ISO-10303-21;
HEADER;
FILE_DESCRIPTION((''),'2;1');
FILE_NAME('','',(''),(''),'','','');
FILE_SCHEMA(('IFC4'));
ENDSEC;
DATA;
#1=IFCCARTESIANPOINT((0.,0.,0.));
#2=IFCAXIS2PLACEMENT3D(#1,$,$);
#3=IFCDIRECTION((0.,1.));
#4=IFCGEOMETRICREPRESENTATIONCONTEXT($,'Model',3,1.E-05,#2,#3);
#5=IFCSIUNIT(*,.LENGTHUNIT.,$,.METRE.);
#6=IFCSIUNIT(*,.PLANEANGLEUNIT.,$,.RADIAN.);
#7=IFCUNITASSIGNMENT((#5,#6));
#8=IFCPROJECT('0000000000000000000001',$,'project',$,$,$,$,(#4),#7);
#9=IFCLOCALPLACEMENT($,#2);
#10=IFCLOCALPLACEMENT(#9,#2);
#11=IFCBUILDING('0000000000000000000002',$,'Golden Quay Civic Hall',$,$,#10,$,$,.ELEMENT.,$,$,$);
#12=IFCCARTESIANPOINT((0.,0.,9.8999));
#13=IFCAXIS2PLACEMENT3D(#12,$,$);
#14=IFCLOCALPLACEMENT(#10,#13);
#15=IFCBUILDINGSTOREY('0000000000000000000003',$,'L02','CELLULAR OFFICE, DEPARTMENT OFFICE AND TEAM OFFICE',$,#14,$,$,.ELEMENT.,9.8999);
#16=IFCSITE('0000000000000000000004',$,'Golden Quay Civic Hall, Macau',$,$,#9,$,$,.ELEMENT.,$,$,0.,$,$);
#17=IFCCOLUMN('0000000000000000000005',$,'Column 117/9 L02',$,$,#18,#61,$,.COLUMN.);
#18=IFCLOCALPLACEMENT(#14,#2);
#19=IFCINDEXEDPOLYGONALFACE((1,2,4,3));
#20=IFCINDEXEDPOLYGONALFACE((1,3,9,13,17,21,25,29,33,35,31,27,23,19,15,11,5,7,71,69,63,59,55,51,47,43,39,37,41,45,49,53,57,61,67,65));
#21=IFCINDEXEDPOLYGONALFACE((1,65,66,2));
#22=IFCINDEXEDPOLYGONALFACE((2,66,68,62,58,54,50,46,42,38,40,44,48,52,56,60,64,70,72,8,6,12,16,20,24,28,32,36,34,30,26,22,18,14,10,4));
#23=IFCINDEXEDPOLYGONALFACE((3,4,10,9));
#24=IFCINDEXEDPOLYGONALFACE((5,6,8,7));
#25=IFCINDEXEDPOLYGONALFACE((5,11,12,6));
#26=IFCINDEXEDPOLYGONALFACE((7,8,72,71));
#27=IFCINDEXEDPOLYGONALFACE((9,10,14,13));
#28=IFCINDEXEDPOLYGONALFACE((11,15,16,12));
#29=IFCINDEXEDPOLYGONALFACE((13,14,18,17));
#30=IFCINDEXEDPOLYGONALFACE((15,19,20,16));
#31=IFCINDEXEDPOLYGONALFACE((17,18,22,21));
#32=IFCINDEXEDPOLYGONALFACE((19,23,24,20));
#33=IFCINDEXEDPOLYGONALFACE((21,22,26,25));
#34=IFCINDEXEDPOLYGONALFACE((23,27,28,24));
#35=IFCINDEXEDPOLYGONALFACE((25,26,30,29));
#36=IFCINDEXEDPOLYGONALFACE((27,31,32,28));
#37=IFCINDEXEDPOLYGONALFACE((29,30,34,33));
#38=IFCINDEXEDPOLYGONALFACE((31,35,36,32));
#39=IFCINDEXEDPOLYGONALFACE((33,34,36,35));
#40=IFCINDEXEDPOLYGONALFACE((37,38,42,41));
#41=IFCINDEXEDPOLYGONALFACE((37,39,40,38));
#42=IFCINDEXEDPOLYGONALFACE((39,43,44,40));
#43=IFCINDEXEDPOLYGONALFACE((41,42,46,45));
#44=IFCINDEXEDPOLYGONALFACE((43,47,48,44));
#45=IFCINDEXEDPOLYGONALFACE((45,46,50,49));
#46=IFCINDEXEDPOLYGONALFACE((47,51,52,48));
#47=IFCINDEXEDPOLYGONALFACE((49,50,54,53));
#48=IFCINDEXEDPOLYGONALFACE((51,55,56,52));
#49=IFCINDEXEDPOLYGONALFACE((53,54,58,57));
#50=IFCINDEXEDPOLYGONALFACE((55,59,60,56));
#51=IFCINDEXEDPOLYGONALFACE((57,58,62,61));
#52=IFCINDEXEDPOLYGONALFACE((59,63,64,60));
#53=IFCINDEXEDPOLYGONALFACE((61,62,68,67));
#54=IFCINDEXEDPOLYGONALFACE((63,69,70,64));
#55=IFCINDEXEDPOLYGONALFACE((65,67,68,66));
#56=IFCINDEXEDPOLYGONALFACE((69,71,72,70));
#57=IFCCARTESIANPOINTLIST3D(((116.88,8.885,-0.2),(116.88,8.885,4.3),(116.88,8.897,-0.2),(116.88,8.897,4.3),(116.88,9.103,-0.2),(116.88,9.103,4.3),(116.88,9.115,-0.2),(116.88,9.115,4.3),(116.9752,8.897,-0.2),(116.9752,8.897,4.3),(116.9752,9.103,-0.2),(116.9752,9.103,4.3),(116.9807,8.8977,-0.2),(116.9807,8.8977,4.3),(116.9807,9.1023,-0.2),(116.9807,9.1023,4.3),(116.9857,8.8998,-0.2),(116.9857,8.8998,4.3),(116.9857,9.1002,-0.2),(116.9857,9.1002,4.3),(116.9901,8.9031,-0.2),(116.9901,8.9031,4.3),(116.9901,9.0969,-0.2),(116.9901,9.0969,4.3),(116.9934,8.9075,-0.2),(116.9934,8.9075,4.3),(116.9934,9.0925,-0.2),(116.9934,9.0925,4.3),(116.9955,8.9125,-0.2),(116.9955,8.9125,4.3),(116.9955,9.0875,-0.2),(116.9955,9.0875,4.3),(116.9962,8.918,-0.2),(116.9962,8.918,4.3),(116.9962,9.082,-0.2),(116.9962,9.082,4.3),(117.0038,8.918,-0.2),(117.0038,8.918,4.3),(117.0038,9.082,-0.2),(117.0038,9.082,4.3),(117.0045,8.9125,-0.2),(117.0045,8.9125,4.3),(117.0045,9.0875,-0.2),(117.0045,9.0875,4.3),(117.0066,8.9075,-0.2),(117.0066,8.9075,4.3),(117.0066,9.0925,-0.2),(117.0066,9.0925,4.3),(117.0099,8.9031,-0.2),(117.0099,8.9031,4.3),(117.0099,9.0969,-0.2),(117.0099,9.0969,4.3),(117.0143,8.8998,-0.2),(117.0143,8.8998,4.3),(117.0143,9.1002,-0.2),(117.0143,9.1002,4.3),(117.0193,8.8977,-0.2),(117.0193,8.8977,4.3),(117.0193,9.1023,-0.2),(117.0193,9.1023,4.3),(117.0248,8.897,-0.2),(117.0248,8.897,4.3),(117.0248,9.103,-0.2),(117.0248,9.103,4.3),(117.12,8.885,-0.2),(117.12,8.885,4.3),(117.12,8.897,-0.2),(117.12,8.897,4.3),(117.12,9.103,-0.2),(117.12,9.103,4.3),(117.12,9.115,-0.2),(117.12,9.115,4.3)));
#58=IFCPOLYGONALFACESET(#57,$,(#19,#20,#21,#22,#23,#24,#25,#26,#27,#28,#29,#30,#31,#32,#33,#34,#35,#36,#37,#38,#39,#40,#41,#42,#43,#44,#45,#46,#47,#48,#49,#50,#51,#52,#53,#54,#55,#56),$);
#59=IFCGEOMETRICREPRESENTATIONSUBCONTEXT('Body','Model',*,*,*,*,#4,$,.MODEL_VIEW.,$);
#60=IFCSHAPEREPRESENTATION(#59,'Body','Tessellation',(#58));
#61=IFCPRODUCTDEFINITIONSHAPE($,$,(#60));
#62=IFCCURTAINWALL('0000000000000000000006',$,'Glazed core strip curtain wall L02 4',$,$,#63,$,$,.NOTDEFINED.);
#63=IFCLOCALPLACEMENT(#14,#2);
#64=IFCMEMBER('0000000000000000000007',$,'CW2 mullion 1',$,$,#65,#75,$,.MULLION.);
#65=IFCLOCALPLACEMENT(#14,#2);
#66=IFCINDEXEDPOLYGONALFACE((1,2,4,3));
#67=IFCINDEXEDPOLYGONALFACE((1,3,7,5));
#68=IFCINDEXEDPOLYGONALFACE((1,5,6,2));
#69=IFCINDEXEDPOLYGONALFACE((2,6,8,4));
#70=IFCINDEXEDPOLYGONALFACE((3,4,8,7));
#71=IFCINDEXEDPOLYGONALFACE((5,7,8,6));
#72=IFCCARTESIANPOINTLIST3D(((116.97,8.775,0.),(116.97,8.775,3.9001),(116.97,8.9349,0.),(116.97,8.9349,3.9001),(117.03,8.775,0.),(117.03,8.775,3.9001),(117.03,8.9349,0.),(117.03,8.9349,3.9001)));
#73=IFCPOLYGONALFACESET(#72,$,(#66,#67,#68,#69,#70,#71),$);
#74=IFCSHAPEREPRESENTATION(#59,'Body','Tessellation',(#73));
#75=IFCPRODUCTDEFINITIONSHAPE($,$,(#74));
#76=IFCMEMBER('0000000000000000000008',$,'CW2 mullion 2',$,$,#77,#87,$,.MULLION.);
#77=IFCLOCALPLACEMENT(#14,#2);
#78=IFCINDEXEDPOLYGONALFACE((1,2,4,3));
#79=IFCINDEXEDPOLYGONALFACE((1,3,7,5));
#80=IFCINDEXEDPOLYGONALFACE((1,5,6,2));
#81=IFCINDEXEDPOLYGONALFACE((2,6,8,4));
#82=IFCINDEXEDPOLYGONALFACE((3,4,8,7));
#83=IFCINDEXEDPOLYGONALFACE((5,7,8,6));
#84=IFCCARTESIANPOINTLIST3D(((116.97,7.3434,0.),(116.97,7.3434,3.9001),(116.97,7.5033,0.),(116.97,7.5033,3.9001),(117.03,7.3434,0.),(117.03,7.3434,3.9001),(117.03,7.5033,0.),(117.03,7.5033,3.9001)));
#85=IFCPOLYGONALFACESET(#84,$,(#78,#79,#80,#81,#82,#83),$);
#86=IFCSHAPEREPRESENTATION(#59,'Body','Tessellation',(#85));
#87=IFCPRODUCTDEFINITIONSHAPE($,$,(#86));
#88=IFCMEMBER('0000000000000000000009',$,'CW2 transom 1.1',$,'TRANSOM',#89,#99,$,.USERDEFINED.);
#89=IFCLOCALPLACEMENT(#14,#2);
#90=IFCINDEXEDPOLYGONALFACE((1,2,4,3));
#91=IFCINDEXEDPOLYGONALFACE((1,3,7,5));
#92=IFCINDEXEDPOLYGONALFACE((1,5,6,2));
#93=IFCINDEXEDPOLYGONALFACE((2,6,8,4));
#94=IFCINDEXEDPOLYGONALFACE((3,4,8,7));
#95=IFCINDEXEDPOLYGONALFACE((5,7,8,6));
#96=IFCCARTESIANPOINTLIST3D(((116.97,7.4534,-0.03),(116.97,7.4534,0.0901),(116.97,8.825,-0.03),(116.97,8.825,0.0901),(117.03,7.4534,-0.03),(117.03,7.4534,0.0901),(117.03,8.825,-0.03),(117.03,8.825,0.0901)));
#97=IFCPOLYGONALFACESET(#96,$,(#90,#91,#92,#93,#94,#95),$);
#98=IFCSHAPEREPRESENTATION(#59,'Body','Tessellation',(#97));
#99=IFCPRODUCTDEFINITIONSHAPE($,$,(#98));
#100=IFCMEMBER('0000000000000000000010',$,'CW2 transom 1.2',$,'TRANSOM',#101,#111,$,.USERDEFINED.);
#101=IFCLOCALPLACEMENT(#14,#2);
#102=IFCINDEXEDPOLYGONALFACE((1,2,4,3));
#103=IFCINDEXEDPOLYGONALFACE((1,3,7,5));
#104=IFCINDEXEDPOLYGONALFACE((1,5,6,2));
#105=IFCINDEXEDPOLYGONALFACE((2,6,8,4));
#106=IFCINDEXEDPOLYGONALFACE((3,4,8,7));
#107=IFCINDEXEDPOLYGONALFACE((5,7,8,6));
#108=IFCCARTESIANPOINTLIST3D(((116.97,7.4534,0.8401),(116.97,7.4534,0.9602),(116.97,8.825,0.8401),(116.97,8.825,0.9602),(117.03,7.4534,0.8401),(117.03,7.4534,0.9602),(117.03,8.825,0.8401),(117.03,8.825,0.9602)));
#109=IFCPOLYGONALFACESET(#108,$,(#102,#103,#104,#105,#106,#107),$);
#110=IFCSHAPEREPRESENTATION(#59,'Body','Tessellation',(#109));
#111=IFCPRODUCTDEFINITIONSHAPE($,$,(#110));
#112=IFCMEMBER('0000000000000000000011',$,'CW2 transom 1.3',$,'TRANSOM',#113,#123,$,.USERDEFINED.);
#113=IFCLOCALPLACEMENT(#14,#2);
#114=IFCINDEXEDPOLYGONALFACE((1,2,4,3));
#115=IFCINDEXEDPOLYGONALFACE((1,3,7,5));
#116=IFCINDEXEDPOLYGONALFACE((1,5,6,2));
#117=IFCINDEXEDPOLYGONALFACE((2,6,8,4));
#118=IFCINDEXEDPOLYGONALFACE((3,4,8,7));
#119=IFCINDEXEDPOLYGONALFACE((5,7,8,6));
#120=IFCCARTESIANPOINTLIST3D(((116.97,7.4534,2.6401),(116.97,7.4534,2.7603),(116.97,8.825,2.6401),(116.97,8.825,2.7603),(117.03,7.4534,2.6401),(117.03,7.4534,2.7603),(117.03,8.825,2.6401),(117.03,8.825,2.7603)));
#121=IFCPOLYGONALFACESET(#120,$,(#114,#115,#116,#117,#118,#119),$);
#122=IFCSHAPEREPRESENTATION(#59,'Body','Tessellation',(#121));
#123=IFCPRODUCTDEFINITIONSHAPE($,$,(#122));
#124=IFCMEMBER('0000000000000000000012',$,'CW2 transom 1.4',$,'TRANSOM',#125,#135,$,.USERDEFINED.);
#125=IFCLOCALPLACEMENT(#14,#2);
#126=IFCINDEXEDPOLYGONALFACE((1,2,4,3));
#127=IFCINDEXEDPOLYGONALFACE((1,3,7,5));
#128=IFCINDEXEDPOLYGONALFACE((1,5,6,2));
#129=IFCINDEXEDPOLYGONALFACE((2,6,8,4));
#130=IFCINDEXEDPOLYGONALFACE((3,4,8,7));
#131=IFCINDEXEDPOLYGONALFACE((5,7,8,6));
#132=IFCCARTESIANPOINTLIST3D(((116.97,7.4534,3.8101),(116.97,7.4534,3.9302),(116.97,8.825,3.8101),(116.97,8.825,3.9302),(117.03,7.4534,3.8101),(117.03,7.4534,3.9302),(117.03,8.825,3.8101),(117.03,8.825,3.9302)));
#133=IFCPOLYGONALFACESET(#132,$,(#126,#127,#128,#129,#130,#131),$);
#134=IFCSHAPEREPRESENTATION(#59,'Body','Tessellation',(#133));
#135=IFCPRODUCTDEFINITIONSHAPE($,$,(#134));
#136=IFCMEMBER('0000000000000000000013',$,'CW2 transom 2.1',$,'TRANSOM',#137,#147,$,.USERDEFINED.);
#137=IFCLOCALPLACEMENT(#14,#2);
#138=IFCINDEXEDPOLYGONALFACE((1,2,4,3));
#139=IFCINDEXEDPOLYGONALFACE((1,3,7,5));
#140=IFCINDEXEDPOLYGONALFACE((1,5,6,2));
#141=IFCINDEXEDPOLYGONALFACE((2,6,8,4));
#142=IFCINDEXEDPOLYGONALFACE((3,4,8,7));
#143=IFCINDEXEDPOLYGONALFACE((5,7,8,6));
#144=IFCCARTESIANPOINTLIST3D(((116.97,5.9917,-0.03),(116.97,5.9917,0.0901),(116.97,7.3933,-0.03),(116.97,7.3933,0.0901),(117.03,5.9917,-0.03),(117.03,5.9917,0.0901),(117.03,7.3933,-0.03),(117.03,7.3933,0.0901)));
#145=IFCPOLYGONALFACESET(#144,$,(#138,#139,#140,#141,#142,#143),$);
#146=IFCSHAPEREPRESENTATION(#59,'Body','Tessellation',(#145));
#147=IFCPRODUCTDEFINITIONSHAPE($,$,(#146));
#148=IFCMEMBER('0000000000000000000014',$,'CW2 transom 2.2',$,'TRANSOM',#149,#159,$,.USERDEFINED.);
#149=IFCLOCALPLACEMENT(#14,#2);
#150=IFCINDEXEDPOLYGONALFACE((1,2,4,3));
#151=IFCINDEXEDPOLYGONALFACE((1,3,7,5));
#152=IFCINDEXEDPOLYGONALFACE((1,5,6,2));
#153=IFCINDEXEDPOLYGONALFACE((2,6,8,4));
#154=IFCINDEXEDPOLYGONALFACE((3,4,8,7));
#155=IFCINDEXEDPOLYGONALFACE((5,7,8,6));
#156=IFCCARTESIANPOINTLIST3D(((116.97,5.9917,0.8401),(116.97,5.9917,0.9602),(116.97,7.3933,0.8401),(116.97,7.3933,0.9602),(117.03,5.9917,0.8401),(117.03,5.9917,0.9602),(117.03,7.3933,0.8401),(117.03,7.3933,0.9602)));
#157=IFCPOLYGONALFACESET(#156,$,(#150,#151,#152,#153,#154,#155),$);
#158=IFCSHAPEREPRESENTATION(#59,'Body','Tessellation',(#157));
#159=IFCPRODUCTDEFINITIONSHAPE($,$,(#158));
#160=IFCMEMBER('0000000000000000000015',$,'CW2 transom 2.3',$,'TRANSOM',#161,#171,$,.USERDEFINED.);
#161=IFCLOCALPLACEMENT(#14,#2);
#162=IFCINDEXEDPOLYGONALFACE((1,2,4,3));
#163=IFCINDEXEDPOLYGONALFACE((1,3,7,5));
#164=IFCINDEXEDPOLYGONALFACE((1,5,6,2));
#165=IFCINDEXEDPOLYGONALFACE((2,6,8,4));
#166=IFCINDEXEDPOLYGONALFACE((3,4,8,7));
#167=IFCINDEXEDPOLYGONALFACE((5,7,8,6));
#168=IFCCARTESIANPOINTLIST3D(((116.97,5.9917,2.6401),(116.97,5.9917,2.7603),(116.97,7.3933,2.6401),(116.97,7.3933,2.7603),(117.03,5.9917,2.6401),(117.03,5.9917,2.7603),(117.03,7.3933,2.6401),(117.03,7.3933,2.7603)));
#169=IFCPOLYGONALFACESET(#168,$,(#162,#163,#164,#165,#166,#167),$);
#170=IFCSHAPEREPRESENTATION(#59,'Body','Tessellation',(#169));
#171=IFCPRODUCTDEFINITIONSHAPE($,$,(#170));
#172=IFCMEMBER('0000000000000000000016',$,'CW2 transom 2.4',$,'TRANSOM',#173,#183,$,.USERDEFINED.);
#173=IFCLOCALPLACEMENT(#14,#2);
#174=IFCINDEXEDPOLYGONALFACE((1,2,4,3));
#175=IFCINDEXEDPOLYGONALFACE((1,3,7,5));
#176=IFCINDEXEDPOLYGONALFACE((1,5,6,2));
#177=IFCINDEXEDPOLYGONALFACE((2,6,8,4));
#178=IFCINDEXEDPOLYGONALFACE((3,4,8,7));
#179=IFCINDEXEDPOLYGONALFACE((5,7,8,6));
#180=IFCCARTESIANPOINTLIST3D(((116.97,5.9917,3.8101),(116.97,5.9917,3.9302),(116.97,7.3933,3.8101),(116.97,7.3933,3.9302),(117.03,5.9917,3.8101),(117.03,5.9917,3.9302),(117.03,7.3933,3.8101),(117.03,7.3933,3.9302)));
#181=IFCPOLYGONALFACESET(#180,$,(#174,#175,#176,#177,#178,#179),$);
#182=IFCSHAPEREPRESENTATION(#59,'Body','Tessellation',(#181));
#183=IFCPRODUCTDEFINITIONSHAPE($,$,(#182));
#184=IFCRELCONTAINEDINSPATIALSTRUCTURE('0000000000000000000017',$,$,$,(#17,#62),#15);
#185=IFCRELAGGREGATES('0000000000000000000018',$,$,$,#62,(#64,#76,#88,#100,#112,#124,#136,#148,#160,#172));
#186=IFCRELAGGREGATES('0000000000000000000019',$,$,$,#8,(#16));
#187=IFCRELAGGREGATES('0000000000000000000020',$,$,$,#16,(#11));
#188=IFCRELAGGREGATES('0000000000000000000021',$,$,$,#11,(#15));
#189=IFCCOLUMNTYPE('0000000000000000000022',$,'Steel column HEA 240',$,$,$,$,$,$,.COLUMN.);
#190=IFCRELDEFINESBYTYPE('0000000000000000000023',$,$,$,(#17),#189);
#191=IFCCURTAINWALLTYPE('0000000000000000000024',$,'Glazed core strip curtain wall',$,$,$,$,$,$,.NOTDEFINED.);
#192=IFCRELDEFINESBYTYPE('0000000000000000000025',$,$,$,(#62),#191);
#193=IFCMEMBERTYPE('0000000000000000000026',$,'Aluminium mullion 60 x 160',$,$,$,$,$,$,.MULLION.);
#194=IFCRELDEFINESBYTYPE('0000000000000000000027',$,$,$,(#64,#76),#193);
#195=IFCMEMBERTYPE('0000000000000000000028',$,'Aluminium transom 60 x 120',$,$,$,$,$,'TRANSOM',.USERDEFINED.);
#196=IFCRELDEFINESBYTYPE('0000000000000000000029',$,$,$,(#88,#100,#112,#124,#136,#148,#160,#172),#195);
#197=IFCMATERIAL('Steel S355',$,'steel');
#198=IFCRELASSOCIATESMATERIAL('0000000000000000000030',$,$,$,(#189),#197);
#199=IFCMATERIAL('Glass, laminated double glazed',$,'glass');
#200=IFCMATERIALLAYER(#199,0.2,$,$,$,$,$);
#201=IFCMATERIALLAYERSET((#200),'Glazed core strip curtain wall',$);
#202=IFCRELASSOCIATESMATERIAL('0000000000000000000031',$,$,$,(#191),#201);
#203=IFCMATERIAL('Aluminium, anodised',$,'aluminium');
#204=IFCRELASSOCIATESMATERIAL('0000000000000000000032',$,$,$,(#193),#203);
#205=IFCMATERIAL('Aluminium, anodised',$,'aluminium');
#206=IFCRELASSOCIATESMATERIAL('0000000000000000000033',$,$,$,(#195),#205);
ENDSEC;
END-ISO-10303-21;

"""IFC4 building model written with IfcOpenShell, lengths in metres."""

from ifc_helpers import new_model, si_unit, direction, frame, origin, origin_2d, place, context, subcontext, project, spatial, rectangle, i_section, extrude, material, layer, layer_set, material_profile, profile_set, type_object, element, aggregate, save


model = new_model("IFC4")

# Units and contexts
model_context = context("Model", 3, precision=1e-05, world=origin(), true_north=direction((0.0, 1.0)))
body_context = subcontext(model_context, "Body", "Model", "MODEL_VIEW")
ifc_project = project(units=[si_unit("LENGTHUNIT", "METRE"), si_unit("PLANEANGLEUNIT", "RADIAN")], contexts=[model_context])

# Site, building, storey
site_placement = place(None, origin())
site = spatial("IfcSite", under=ifc_project, at=site_placement, Name="Golden Quay Civic Hall, Macau", CompositionType="ELEMENT", RefElevation=0.0)
building_placement = place(site_placement, origin())
building = spatial("IfcBuilding", under=site, at=building_placement, Name="Golden Quay Civic Hall", CompositionType="ELEMENT")
storey_placement = place(building_placement, frame((0.0, 0.0, 9.8999)))
storey = spatial("IfcBuildingStorey", under=building, at=storey_placement, Name="L02", Description="CELLULAR OFFICE, DEPARTMENT OFFICE AND TEAM OFFICE", CompositionType="ELEMENT", Elevation=9.8999)

# Column
ifc_material_1 = material(Name="Steel S355", Category="steel")
ifc_material_profile_1 = material_profile(ifc_material_1, i_section(OverallWidth=0.24, OverallDepth=0.23, WebThickness=0.0076, FlangeThickness=0.012, FilletRadius=0.021, at=origin_2d()), Name="HEA 240")
ifc_profile_set_1 = profile_set([ifc_material_profile_1], Name="Steel S355")
column_type = type_object("IfcColumnType", Name="Steel column HEA 240", PredefinedType="COLUMN", material=ifc_profile_set_1)
column_placement = place(storey_placement, frame((117.0, 9.0, -0.2), z_axis=(0.0, 0.0, 1.0), x_axis=(1.0, 0.0, 0.0)))
element("IfcColumn", 1, at=column_placement, inside=storey, type_object=column_type, Name="Column 117/9 L02", PredefinedType="COLUMN", context=body_context, shape_type="SweptSolid", body=[
    extrude(i_section(OverallWidth=0.24, OverallDepth=0.23, WebThickness=0.0076, FlangeThickness=0.012, FilletRadius=0.021, at=origin_2d()), origin(), (0.0, 0.0, 1.0), 4.5),
])

# Curtain wall, members
ifc_material_2 = material(Name="Glass, laminated double glazed", Category="glass")
ifc_layer_1 = layer(ifc_material_2, 0.2)
ifc_layer_set_1 = layer_set([ifc_layer_1], Name="Glazed core strip curtain wall")
curtain_wall_type = type_object("IfcCurtainWallType", Name="Glazed core strip curtain wall", PredefinedType="NOTDEFINED", material=ifc_layer_set_1)
curtain_wall_placement = place(storey_placement, origin())
curtain_wall = element("IfcCurtainWall", 2, at=curtain_wall_placement, inside=storey, type_object=curtain_wall_type, Name="Glazed core strip curtain wall L02 4", PredefinedType="NOTDEFINED")
ifc_material_3 = material(Name="Aluminium, anodised", Category="aluminium")
ifc_material_profile_2 = material_profile(ifc_material_3, rectangle(XDim=0.0601, YDim=0.1599, at=origin_2d()), Name="Aluminium 60 x 160")
ifc_profile_set_2 = profile_set([ifc_material_profile_2], Name="Aluminium, anodised")
member_type_1 = type_object("IfcMemberType", Name="Aluminium mullion 60 x 160", PredefinedType="MULLION", material=ifc_profile_set_2)
member_1_placement = place(storey_placement, frame((117.0, 8.855, 0.0), z_axis=(0.0, 0.0, 1.0), x_axis=(1.0, 0.0, 0.0)))
member_1 = element("IfcMember", 3, at=member_1_placement, type_object=member_type_1, Name="CW2 mullion 1", PredefinedType="MULLION", context=body_context, shape_type="SweptSolid", body=[
    extrude(rectangle(XDim=0.0601, YDim=0.1599, at=origin_2d()), origin(), (0.0, 0.0, 1.0), 3.9001),
])
member_2_placement = place(storey_placement, frame((117.0, 7.4233, 0.0), z_axis=(0.0, 0.0, 1.0), x_axis=(1.0, 0.0, 0.0)))
member_2 = element("IfcMember", 4, at=member_2_placement, type_object=member_type_1, Name="CW2 mullion 2", PredefinedType="MULLION", context=body_context, shape_type="SweptSolid", body=[
    extrude(rectangle(XDim=0.0601, YDim=0.1599, at=origin_2d()), origin(), (0.0, 0.0, 1.0), 3.9001),
])
ifc_material_4 = material(Name="Aluminium, anodised", Category="aluminium")
ifc_material_profile_3 = material_profile(ifc_material_4, rectangle(XDim=0.0601, YDim=0.1201, at=origin_2d()), Name="Aluminium 60 x 120")
ifc_profile_set_3 = profile_set([ifc_material_profile_3], Name="Aluminium, anodised")
member_type_2 = type_object("IfcMemberType", Name="Aluminium transom 60 x 120", ElementType="TRANSOM", PredefinedType="USERDEFINED", material=ifc_profile_set_3)
member_3_placement = place(storey_placement, frame((117.0, 8.825, 0.03), z_axis=(0.0, -1.0, 0.0), x_axis=(1.0, 0.0, 0.0)))
member_3 = element("IfcMember", 5, at=member_3_placement, type_object=member_type_2, Name="CW2 transom 1.1", ObjectType="TRANSOM", PredefinedType="USERDEFINED", context=body_context, shape_type="SweptSolid", body=[
    extrude(rectangle(XDim=0.0601, YDim=0.1201, at=origin_2d()), origin(), (0.0, 0.0, 1.0), 1.3716),
])
member_4_placement = place(storey_placement, frame((117.0, 8.825, 0.9001), z_axis=(0.0, -1.0, 0.0), x_axis=(1.0, 0.0, 0.0)))
member_4 = element("IfcMember", 6, at=member_4_placement, type_object=member_type_2, Name="CW2 transom 1.2", ObjectType="TRANSOM", PredefinedType="USERDEFINED", context=body_context, shape_type="SweptSolid", body=[
    extrude(rectangle(XDim=0.0601, YDim=0.1201, at=origin_2d()), origin(), (0.0, 0.0, 1.0), 1.3716),
])
member_5_placement = place(storey_placement, frame((117.0, 8.825, 2.7002), z_axis=(0.0, -1.0, 0.0), x_axis=(1.0, 0.0, 0.0)))
member_5 = element("IfcMember", 7, at=member_5_placement, type_object=member_type_2, Name="CW2 transom 1.3", ObjectType="TRANSOM", PredefinedType="USERDEFINED", context=body_context, shape_type="SweptSolid", body=[
    extrude(rectangle(XDim=0.0601, YDim=0.1201, at=origin_2d()), origin(), (0.0, 0.0, 1.0), 1.3716),
])
member_6_placement = place(storey_placement, frame((117.0, 8.825, 3.8701), z_axis=(0.0, -1.0, 0.0), x_axis=(1.0, 0.0, 0.0)))
member_6 = element("IfcMember", 8, at=member_6_placement, type_object=member_type_2, Name="CW2 transom 1.4", ObjectType="TRANSOM", PredefinedType="USERDEFINED", context=body_context, shape_type="SweptSolid", body=[
    extrude(rectangle(XDim=0.0601, YDim=0.1201, at=origin_2d()), origin(), (0.0, 0.0, 1.0), 1.3716),
])
member_7_placement = place(storey_placement, frame((117.0, 7.3933, 0.03), z_axis=(0.0, -1.0, 0.0), x_axis=(1.0, 0.0, 0.0)))
member_7 = element("IfcMember", 9, at=member_7_placement, type_object=member_type_2, Name="CW2 transom 2.1", ObjectType="TRANSOM", PredefinedType="USERDEFINED", context=body_context, shape_type="SweptSolid", body=[
    extrude(rectangle(XDim=0.0601, YDim=0.1201, at=origin_2d()), origin(), (0.0, 0.0, 1.0), 1.4016),
])
member_8_placement = place(storey_placement, frame((117.0, 7.3933, 0.9001), z_axis=(0.0, -1.0, 0.0), x_axis=(1.0, 0.0, 0.0)))
member_8 = element("IfcMember", 10, at=member_8_placement, type_object=member_type_2, Name="CW2 transom 2.2", ObjectType="TRANSOM", PredefinedType="USERDEFINED", context=body_context, shape_type="SweptSolid", body=[
    extrude(rectangle(XDim=0.0601, YDim=0.1201, at=origin_2d()), origin(), (0.0, 0.0, 1.0), 1.4016),
])
member_9_placement = place(storey_placement, frame((117.0, 7.3933, 2.7002), z_axis=(0.0, -1.0, 0.0), x_axis=(1.0, 0.0, 0.0)))
member_9 = element("IfcMember", 11, at=member_9_placement, type_object=member_type_2, Name="CW2 transom 2.3", ObjectType="TRANSOM", PredefinedType="USERDEFINED", context=body_context, shape_type="SweptSolid", body=[
    extrude(rectangle(XDim=0.0601, YDim=0.1201, at=origin_2d()), origin(), (0.0, 0.0, 1.0), 1.4016),
])
member_10_placement = place(storey_placement, frame((117.0, 7.3933, 3.8701), z_axis=(0.0, -1.0, 0.0), x_axis=(1.0, 0.0, 0.0)))
member_10 = element("IfcMember", 12, at=member_10_placement, type_object=member_type_2, Name="CW2 transom 2.4", ObjectType="TRANSOM", PredefinedType="USERDEFINED", context=body_context, shape_type="SweptSolid", body=[
    extrude(rectangle(XDim=0.0601, YDim=0.1201, at=origin_2d()), origin(), (0.0, 0.0, 1.0), 1.4016),
])

aggregate(curtain_wall, [member_1, member_2, member_3, member_4, member_5, member_6, member_7, member_8, member_9, member_10])

save(model, "model.ifc")
